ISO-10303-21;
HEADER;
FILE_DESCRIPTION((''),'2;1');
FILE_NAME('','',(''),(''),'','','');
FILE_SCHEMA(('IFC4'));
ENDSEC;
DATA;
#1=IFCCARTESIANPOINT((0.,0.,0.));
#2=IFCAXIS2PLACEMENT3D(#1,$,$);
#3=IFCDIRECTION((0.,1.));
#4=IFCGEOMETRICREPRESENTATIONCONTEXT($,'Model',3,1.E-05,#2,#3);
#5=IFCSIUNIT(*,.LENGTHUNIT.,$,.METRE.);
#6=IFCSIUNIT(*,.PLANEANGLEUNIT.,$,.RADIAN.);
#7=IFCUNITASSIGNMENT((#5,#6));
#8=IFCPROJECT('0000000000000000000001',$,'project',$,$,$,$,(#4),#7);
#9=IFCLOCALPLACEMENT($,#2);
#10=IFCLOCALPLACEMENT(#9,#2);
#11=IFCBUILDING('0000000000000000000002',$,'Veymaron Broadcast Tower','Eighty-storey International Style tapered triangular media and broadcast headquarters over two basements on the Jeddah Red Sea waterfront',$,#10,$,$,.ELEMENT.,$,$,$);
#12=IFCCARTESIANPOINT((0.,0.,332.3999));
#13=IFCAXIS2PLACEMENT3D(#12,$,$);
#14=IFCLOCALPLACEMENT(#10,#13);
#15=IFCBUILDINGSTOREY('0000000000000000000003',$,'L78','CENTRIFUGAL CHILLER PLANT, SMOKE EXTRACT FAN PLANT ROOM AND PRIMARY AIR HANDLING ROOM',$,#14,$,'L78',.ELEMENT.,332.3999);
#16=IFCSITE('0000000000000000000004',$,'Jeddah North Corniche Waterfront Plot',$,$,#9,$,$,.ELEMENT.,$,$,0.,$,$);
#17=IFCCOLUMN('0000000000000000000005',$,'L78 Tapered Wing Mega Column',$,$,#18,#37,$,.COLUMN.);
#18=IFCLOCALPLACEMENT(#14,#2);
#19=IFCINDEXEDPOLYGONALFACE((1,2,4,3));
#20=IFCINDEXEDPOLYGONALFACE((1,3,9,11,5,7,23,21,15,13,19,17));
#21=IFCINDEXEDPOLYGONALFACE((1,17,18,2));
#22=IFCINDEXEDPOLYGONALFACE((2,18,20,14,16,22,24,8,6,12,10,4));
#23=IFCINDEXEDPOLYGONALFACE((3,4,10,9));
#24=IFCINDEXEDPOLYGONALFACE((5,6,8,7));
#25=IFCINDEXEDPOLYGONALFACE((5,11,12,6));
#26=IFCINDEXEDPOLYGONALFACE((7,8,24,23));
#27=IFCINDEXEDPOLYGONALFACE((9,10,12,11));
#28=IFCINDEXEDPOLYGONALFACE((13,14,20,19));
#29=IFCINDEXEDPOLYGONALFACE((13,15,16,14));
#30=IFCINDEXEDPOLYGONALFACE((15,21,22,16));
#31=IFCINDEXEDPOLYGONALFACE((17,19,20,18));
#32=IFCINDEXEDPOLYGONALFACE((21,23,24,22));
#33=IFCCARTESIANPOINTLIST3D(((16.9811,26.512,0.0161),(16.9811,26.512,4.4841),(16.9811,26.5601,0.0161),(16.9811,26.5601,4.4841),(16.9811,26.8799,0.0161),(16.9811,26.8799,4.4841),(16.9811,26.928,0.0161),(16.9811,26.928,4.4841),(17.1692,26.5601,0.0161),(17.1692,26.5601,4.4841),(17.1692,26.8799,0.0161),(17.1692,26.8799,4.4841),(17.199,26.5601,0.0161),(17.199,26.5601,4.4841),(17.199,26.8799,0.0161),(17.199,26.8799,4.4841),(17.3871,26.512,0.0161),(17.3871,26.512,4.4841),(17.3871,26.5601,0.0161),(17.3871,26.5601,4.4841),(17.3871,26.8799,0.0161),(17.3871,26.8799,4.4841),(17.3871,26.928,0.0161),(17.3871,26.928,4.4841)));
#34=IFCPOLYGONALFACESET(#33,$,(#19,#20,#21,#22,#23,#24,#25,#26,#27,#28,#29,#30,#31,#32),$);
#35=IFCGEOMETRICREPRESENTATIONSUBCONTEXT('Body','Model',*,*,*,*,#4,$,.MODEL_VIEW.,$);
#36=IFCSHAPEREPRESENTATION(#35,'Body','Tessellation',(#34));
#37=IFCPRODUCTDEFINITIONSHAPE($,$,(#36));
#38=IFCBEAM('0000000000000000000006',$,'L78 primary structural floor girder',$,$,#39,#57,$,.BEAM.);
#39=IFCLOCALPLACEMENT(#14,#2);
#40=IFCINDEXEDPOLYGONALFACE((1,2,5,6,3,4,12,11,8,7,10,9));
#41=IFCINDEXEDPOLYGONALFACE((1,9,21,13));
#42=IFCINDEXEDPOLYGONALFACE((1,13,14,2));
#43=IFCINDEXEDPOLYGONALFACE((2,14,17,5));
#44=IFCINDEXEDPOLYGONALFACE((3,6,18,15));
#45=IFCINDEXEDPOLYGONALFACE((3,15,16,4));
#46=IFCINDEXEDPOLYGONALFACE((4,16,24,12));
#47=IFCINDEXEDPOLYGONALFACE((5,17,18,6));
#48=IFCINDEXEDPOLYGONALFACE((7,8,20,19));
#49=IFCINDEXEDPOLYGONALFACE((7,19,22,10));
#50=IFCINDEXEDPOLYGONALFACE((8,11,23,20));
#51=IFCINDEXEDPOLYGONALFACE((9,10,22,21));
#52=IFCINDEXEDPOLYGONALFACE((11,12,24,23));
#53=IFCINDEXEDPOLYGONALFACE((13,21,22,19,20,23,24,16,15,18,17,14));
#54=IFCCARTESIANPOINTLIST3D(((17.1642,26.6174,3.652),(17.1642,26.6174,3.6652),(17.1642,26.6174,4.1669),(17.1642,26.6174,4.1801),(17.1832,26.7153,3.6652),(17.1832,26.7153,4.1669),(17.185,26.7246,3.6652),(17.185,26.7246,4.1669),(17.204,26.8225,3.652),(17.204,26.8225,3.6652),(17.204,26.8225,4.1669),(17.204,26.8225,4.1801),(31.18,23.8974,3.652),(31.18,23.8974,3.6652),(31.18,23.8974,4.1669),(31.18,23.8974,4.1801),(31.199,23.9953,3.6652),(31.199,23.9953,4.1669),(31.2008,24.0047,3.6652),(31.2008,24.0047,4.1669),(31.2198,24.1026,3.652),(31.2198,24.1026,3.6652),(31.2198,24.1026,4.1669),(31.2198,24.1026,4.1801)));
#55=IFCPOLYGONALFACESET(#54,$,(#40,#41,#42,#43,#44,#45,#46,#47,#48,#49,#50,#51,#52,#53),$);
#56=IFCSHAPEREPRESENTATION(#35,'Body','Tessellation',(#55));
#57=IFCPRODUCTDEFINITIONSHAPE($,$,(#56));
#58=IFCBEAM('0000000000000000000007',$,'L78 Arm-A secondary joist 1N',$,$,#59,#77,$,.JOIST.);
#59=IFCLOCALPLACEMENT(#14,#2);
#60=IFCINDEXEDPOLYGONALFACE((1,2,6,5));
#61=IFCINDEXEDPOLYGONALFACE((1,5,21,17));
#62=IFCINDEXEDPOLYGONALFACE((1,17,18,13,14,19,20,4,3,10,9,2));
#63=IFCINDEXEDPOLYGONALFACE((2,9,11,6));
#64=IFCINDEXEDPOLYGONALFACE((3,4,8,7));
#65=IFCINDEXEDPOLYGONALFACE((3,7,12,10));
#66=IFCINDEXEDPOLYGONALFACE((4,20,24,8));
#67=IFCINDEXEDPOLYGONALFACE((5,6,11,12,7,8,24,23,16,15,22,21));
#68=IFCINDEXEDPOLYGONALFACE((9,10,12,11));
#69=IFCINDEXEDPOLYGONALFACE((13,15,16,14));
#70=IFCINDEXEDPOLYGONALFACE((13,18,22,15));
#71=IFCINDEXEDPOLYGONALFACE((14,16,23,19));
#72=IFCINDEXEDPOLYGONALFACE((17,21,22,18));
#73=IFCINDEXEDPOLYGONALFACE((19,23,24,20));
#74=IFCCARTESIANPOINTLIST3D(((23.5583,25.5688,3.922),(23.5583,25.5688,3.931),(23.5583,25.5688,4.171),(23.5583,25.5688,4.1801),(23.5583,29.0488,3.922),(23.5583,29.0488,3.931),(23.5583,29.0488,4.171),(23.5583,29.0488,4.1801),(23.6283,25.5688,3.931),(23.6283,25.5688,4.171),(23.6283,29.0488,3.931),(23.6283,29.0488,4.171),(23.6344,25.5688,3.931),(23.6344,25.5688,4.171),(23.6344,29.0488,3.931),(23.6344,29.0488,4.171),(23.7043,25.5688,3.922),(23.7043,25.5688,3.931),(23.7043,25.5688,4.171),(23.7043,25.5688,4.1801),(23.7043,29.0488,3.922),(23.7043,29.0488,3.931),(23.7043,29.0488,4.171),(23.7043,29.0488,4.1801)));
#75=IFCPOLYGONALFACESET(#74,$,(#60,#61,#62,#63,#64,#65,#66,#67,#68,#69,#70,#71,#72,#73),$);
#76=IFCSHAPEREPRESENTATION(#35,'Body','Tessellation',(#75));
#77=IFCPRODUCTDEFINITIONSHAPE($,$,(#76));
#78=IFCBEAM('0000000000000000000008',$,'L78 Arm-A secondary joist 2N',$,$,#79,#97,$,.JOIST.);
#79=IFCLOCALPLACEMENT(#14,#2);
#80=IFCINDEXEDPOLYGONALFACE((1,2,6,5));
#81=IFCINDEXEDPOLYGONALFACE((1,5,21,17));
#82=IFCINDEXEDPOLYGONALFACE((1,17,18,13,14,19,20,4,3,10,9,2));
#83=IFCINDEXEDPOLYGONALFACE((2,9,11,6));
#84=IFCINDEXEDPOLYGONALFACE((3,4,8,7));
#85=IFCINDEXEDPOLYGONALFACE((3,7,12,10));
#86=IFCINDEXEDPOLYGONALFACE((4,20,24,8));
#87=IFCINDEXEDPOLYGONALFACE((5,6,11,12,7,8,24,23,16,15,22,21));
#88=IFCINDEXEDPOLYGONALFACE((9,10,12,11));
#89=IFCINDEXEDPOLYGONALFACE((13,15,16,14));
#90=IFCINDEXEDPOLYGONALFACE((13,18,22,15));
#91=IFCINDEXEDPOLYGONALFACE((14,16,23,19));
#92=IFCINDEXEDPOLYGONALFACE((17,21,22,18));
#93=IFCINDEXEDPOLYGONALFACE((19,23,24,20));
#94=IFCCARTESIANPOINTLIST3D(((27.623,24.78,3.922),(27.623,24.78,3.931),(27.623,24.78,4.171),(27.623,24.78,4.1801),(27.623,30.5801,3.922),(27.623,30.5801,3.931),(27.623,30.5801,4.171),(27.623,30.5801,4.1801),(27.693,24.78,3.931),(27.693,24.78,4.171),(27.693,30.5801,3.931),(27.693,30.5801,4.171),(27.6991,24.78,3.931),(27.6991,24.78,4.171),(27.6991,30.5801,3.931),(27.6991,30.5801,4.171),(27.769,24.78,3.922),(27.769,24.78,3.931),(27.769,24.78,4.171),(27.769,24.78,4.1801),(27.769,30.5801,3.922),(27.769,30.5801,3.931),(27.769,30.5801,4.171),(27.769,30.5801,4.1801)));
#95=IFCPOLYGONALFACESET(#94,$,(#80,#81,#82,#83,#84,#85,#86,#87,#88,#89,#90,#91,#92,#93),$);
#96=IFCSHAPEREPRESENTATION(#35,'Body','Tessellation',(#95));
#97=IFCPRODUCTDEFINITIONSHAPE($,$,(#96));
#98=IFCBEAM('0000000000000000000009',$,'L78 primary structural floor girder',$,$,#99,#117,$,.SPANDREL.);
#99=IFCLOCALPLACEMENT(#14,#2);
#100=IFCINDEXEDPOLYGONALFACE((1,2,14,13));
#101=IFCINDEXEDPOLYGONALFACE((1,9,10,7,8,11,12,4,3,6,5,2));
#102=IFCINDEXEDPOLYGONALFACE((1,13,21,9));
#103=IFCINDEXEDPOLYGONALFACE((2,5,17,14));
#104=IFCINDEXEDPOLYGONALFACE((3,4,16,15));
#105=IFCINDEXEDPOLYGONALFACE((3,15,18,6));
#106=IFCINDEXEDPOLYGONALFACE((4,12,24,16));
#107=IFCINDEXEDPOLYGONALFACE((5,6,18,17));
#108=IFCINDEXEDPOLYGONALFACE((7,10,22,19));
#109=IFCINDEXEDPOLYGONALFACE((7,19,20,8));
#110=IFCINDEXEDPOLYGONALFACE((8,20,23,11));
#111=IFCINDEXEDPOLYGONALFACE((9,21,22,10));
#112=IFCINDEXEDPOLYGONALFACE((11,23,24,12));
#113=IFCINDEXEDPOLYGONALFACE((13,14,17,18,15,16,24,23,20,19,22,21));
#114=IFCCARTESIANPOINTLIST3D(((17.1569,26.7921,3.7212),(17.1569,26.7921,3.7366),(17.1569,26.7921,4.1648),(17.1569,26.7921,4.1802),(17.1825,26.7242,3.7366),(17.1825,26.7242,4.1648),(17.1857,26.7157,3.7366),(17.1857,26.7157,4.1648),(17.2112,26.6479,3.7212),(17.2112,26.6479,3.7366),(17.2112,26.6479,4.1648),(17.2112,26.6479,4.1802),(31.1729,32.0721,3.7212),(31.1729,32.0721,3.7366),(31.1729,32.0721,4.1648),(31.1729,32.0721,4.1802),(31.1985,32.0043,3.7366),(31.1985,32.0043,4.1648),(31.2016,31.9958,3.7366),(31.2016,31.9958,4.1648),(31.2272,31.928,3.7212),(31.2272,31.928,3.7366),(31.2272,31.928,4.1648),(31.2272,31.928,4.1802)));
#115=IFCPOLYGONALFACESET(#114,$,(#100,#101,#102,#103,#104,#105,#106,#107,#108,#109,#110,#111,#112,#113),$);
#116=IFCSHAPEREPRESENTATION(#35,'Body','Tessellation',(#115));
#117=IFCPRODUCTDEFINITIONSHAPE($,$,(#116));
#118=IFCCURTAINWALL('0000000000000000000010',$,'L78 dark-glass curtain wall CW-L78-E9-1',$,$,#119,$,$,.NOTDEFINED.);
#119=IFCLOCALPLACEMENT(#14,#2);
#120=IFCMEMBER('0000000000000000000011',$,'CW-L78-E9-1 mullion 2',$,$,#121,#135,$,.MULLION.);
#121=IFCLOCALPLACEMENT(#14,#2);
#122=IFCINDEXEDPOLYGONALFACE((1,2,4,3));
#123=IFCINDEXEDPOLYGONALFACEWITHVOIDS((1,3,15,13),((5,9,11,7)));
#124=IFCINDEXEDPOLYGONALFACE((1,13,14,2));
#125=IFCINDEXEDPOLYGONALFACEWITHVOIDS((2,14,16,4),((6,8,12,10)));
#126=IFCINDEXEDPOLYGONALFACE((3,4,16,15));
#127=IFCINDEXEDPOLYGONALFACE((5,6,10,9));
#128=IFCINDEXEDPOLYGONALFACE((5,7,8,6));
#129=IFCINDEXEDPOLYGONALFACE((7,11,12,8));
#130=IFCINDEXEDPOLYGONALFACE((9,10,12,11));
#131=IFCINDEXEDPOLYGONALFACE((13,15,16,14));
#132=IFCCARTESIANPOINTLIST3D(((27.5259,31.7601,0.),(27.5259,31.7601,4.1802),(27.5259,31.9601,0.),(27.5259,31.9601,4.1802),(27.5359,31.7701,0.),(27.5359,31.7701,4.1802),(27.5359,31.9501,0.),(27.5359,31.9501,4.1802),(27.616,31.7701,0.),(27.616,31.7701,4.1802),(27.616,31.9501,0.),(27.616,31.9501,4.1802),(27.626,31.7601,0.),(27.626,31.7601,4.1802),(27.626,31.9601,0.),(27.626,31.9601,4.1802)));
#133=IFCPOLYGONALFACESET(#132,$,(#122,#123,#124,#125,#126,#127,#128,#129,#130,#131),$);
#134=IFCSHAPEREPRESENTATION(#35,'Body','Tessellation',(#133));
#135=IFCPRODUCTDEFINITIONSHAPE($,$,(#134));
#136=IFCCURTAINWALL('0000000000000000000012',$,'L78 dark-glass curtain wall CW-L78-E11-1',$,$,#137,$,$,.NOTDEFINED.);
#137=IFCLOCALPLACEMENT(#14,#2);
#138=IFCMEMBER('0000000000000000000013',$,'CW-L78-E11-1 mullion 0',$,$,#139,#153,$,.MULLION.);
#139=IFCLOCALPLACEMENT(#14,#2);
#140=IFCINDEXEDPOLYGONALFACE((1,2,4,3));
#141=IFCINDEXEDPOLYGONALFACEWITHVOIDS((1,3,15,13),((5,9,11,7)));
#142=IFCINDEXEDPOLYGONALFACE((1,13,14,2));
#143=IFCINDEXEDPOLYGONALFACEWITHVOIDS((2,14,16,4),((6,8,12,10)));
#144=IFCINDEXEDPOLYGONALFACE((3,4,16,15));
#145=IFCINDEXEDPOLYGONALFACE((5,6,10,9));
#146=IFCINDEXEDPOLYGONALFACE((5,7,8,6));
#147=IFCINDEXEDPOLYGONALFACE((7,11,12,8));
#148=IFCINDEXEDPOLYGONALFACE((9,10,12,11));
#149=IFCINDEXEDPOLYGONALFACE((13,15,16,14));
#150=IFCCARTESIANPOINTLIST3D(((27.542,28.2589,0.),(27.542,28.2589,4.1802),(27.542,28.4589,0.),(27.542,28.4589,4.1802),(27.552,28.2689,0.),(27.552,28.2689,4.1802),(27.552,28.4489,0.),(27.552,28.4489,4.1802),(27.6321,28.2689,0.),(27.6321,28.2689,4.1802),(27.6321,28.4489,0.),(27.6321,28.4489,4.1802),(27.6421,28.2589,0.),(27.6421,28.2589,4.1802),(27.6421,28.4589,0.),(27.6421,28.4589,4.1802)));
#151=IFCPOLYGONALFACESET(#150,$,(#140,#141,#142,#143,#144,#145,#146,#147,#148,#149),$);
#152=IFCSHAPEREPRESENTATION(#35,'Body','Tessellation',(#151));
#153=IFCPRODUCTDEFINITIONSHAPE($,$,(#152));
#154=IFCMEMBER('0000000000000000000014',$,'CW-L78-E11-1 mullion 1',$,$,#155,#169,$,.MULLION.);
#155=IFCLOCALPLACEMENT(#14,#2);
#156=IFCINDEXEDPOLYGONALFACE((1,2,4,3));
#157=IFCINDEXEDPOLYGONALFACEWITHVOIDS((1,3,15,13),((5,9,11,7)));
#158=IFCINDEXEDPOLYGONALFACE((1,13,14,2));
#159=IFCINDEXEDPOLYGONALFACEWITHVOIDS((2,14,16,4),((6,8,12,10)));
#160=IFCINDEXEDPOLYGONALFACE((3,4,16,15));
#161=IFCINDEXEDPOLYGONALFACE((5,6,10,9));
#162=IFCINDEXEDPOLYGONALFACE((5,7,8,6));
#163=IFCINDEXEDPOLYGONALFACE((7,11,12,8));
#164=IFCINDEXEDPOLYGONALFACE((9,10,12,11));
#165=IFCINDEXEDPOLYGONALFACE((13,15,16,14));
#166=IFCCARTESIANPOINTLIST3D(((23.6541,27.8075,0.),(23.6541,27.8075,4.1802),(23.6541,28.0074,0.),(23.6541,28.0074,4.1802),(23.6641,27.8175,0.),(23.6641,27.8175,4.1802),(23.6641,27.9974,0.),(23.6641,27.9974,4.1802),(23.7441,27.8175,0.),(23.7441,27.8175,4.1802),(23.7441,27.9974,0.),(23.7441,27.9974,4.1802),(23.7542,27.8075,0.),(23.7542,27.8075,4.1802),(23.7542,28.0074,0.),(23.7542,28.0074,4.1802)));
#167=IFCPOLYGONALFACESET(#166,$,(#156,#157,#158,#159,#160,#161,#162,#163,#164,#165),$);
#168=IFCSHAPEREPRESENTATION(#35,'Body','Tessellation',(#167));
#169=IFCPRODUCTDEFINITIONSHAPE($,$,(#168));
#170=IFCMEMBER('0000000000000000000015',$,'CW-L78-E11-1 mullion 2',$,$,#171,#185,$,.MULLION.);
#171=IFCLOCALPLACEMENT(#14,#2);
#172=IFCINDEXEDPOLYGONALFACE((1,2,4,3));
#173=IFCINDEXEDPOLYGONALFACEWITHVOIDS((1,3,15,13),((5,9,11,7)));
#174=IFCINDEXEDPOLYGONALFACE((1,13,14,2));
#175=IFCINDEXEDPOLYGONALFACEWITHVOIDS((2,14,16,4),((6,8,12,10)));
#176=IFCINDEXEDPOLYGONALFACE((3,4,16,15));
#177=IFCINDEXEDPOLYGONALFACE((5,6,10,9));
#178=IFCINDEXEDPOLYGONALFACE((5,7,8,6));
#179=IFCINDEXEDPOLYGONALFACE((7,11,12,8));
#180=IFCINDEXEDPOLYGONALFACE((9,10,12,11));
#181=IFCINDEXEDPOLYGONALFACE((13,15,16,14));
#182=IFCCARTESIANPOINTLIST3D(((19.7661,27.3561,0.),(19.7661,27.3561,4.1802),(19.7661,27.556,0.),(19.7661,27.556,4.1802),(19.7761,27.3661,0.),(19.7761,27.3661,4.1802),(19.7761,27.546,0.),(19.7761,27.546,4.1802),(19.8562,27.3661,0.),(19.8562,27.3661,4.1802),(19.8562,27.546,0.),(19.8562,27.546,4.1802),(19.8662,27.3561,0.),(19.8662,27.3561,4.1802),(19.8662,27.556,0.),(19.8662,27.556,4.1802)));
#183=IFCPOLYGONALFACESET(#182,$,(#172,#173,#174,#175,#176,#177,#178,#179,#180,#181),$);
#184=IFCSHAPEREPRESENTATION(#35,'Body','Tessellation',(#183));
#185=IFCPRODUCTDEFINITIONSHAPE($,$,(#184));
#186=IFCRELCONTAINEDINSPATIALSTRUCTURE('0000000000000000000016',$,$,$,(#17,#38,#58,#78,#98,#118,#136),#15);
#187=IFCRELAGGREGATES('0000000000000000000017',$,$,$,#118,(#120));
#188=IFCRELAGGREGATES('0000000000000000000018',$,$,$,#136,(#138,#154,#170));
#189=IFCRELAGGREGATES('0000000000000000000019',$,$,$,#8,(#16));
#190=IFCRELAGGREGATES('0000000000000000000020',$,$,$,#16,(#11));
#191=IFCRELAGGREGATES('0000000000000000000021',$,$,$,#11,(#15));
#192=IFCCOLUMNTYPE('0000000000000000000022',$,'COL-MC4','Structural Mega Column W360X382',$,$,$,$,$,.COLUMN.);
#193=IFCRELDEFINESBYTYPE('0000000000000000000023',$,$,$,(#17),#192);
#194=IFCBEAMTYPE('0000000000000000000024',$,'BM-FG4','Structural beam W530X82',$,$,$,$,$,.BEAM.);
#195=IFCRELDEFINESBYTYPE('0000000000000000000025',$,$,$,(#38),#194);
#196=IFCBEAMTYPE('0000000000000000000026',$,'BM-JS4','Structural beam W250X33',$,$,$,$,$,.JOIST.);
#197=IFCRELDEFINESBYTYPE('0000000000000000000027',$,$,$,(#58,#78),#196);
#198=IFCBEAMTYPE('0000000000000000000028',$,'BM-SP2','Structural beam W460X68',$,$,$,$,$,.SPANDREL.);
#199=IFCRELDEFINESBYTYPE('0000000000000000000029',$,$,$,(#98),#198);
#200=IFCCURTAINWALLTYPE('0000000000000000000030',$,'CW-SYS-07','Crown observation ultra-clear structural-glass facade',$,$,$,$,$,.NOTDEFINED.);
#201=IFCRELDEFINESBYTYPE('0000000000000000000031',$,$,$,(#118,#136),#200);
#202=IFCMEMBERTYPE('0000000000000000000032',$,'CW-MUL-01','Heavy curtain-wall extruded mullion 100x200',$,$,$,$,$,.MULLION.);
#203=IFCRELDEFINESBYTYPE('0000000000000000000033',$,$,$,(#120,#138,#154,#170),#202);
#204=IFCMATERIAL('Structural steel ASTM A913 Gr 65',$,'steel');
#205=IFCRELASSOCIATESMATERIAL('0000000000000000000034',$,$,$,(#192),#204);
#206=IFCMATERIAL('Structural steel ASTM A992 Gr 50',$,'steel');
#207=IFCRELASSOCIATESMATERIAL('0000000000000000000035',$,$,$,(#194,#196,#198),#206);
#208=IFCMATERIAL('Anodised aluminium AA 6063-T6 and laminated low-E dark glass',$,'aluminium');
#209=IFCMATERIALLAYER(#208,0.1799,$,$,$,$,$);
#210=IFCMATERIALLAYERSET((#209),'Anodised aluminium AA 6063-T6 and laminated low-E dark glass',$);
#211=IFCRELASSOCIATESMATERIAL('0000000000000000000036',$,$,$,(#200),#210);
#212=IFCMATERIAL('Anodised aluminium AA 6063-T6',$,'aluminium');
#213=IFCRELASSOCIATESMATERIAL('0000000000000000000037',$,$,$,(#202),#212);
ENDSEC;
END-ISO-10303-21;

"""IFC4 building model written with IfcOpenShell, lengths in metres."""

from ifc_helpers import new_model, si_unit, direction, frame, origin, origin_2d, place, context, subcontext, project, spatial, hollow_rectangle, i_section, extrude, material, layer, layer_set, material_profile, profile_set, type_object, element, aggregate, save


model = new_model("IFC4")

# Units and contexts
model_context = context("Model", 3, precision=1e-05, world=origin(), true_north=direction((0.0, 1.0)))
body_context = subcontext(model_context, "Body", "Model", "MODEL_VIEW")
ifc_project = project(units=[si_unit("LENGTHUNIT", "METRE"), si_unit("PLANEANGLEUNIT", "RADIAN")], contexts=[model_context])

# Site, building, storey
site_placement = place(None, origin())
site = spatial("IfcSite", under=ifc_project, at=site_placement, Name="Jeddah North Corniche Waterfront Plot", CompositionType="ELEMENT", RefElevation=0.0)
building_placement = place(site_placement, origin())
building = spatial("IfcBuilding", under=site, at=building_placement, Name="Veymaron Broadcast Tower", Description="Eighty-storey International Style tapered triangular media and broadcast headquarters over two basements on the Jeddah Red Sea waterfront", CompositionType="ELEMENT")
storey_placement = place(building_placement, frame((0.0, 0.0, 332.3999)))
storey = spatial("IfcBuildingStorey", under=building, at=storey_placement, Name="L78", Description="CENTRIFUGAL CHILLER PLANT, SMOKE EXTRACT FAN PLANT ROOM AND PRIMARY AIR HANDLING ROOM", LongName="L78", CompositionType="ELEMENT", Elevation=332.3999)

# Column
ifc_material_1 = material(Name="Structural steel ASTM A913 Gr 65", Category="steel")
ifc_material_profile_1 = material_profile(ifc_material_1, i_section(OverallWidth=0.406, OverallDepth=0.416, WebThickness=0.0298, FlangeThickness=0.0481, at=origin_2d()), Name="W360X382")
ifc_profile_set_1 = profile_set([ifc_material_profile_1], Name="Structural steel ASTM A913 Gr 65")
column_type = type_object("IfcColumnType", Name="COL-MC4", Description="Structural Mega Column W360X382", PredefinedType="COLUMN", material=ifc_profile_set_1)
column_placement = place(storey_placement, frame((17.1841, 26.72, 0.0161), z_axis=(0.0, 0.0, 1.0), x_axis=(1.0, 0.0, 0.0)))
element("IfcColumn", 1, at=column_placement, inside=storey, type_object=column_type, Name="L78 Tapered Wing Mega Column", PredefinedType="COLUMN", context=body_context, shape_type="SweptSolid", body=[
    extrude(i_section(OverallWidth=0.406, OverallDepth=0.416, WebThickness=0.0298, FlangeThickness=0.0481, at=origin_2d()), origin(), (0.0, 0.0, 1.0), 4.468),
])

# Beams
ifc_material_2 = material(Name="Structural steel ASTM A992 Gr 50", Category="steel")
ifc_material_profile_2 = material_profile(ifc_material_2, i_section(OverallWidth=0.209, OverallDepth=0.5281, WebThickness=0.0095, FlangeThickness=0.0132, at=origin_2d()), Name="W530X82")
ifc_profile_set_2 = profile_set([ifc_material_profile_2], Name="Structural steel ASTM A992 Gr 50")
beam_type_1 = type_object("IfcBeamType", Name="BM-FG4", Description="Structural beam W530X82", PredefinedType="BEAM", material=ifc_profile_set_2)
beam_1_placement = place(storey_placement, frame((17.1841, 26.72, 3.916), z_axis=(0.981685, -0.190509, 0.0), x_axis=(0.190509, 0.981685, 0.0)))
element("IfcBeam", 2, at=beam_1_placement, inside=storey, type_object=beam_type_1, Name="L78 primary structural floor girder", PredefinedType="BEAM", context=body_context, shape_type="SweptSolid", body=[
    extrude(i_section(OverallWidth=0.209, OverallDepth=0.5281, WebThickness=0.0095, FlangeThickness=0.0132, at=origin_2d()), origin(), (0.0, 0.0, 1.0), 14.2773),
])
ifc_material_profile_3 = material_profile(ifc_material_2, i_section(OverallWidth=0.146, OverallDepth=0.2581, WebThickness=0.0061, FlangeThickness=0.009, at=origin_2d()), Name="W250X33")
ifc_profile_set_3 = profile_set([ifc_material_profile_3], Name="Structural steel ASTM A992 Gr 50")
beam_type_2 = type_object("IfcBeamType", Name="BM-JS4", Description="Structural beam W250X33", PredefinedType="JOIST", material=ifc_profile_set_3)
beam_2_placement = place(storey_placement, frame((23.6313, 25.5688, 4.051), z_axis=(0.0, 1.0, 0.0), x_axis=(-1.0, 0.0, 0.0)))
element("IfcBeam", 3, at=beam_2_placement, inside=storey, type_object=beam_type_2, Name="L78 Arm-A secondary joist 1N", PredefinedType="JOIST", context=body_context, shape_type="SweptSolid", body=[
    extrude(i_section(OverallWidth=0.146, OverallDepth=0.2581, WebThickness=0.0061, FlangeThickness=0.009, at=origin_2d()), origin(), (0.0, 0.0, 1.0), 3.48),
])
beam_3_placement = place(storey_placement, frame((27.696, 24.78, 4.051), z_axis=(0.0, 1.0, 0.0), x_axis=(-1.0, 0.0, 0.0)))
element("IfcBeam", 4, at=beam_3_placement, inside=storey, type_object=beam_type_2, Name="L78 Arm-A secondary joist 2N", PredefinedType="JOIST", context=body_context, shape_type="SweptSolid", body=[
    extrude(i_section(OverallWidth=0.146, OverallDepth=0.2581, WebThickness=0.0061, FlangeThickness=0.009, at=origin_2d()), origin(), (0.0, 0.0, 1.0), 5.8),
])
ifc_material_profile_4 = material_profile(ifc_material_2, i_section(OverallWidth=0.1541, OverallDepth=0.459, WebThickness=0.009, FlangeThickness=0.0154, at=origin_2d()), Name="W460X68")
ifc_profile_set_4 = profile_set([ifc_material_profile_4], Name="Structural steel ASTM A992 Gr 50")
beam_type_3 = type_object("IfcBeamType", Name="BM-SP2", Description="Structural beam W460X68", PredefinedType="SPANDREL", material=ifc_profile_set_4)
beam_4_placement = place(storey_placement, frame((17.1841, 26.72, 3.9507), z_axis=(0.9358, 0.352532, 0.0), x_axis=(-0.352532, 0.9358, 0.0)))
element("IfcBeam", 5, at=beam_4_placement, inside=storey, type_object=beam_type_3, Name="L78 primary structural floor girder", PredefinedType="SPANDREL", context=body_context, shape_type="SweptSolid", body=[
    extrude(i_section(OverallWidth=0.1541, OverallDepth=0.459, WebThickness=0.009, FlangeThickness=0.0154, at=origin_2d()), origin(), (0.0, 0.0, 1.0), 14.9775),
])

# Curtain wall, member
ifc_material_3 = material(Name="Anodised aluminium AA 6063-T6 and laminated low-E dark glass", Category="aluminium")
ifc_layer_1 = layer(ifc_material_3, 0.1799)
ifc_layer_set_1 = layer_set([ifc_layer_1], Name="Anodised aluminium AA 6063-T6 and laminated low-E dark glass")
curtain_wall_type = type_object("IfcCurtainWallType", Name="CW-SYS-07", Description="Crown observation ultra-clear structural-glass facade", PredefinedType="NOTDEFINED", material=ifc_layer_set_1)
curtain_wall_1_placement = place(storey_placement, origin())
curtain_wall_1 = element("IfcCurtainWall", 6, at=curtain_wall_1_placement, inside=storey, type_object=curtain_wall_type, Name="L78 dark-glass curtain wall CW-L78-E9-1", PredefinedType="NOTDEFINED")
ifc_material_4 = material(Name="Anodised aluminium AA 6063-T6", Category="aluminium")
ifc_material_profile_5 = material_profile(ifc_material_4, hollow_rectangle(XDim=0.1001, YDim=0.2, WallThickness=0.01, at=origin_2d()), Name="RHS200X100X10")
ifc_profile_set_5 = profile_set([ifc_material_profile_5], Name="Anodised aluminium AA 6063-T6")
member_type_1 = type_object("IfcMemberType", Name="CW-MUL-01", Description="Heavy curtain-wall extruded mullion 100x200", PredefinedType="MULLION", material=ifc_profile_set_5)
member_1_placement = place(storey_placement, frame((27.5759, 31.8601, 0.0), z_axis=(0.0, 0.0, 1.0), x_axis=(1.0, 0.0, 0.0)))
member_1 = element("IfcMember", 7, at=member_1_placement, type_object=member_type_1, Name="CW-L78-E9-1 mullion 2", PredefinedType="MULLION", context=body_context, shape_type="SweptSolid", body=[
    extrude(hollow_rectangle(XDim=0.1001, YDim=0.2, WallThickness=0.01, at=origin_2d()), origin(), (0.0, 0.0, 1.0), 4.1802),
])
aggregate(curtain_wall_1, [member_1])

# Curtain wall, members
curtain_wall_2_placement = place(storey_placement, origin())
curtain_wall_2 = element("IfcCurtainWall", 8, at=curtain_wall_2_placement, inside=storey, type_object=curtain_wall_type, Name="L78 dark-glass curtain wall CW-L78-E11-1", PredefinedType="NOTDEFINED")
member_2_placement = place(storey_placement, frame((27.592, 28.3589, 0.0), z_axis=(0.0, 0.0, 1.0), x_axis=(1.0, 0.0, 0.0)))
member_2 = element("IfcMember", 9, at=member_2_placement, type_object=member_type_1, Name="CW-L78-E11-1 mullion 0", PredefinedType="MULLION", context=body_context, shape_type="SweptSolid", body=[
    extrude(hollow_rectangle(XDim=0.1001, YDim=0.2, WallThickness=0.01, at=origin_2d()), origin(), (0.0, 0.0, 1.0), 4.1802),
])
member_3_placement = place(storey_placement, frame((23.7041, 27.9075, 0.0), z_axis=(0.0, 0.0, 1.0), x_axis=(1.0, 0.0, 0.0)))
member_3 = element("IfcMember", 10, at=member_3_placement, type_object=member_type_1, Name="CW-L78-E11-1 mullion 1", PredefinedType="MULLION", context=body_context, shape_type="SweptSolid", body=[
    extrude(hollow_rectangle(XDim=0.1001, YDim=0.2, WallThickness=0.01, at=origin_2d()), origin(), (0.0, 0.0, 1.0), 4.1802),
])
member_4_placement = place(storey_placement, frame((19.8162, 27.4561, 0.0), z_axis=(0.0, 0.0, 1.0), x_axis=(1.0, 0.0, 0.0)))
member_4 = element("IfcMember", 11, at=member_4_placement, type_object=member_type_1, Name="CW-L78-E11-1 mullion 2", PredefinedType="MULLION", context=body_context, shape_type="SweptSolid", body=[
    extrude(hollow_rectangle(XDim=0.1001, YDim=0.2, WallThickness=0.01, at=origin_2d()), origin(), (0.0, 0.0, 1.0), 4.1802),
])

aggregate(curtain_wall_2, [member_2, member_3, member_4])

save(model, "model.ifc")
